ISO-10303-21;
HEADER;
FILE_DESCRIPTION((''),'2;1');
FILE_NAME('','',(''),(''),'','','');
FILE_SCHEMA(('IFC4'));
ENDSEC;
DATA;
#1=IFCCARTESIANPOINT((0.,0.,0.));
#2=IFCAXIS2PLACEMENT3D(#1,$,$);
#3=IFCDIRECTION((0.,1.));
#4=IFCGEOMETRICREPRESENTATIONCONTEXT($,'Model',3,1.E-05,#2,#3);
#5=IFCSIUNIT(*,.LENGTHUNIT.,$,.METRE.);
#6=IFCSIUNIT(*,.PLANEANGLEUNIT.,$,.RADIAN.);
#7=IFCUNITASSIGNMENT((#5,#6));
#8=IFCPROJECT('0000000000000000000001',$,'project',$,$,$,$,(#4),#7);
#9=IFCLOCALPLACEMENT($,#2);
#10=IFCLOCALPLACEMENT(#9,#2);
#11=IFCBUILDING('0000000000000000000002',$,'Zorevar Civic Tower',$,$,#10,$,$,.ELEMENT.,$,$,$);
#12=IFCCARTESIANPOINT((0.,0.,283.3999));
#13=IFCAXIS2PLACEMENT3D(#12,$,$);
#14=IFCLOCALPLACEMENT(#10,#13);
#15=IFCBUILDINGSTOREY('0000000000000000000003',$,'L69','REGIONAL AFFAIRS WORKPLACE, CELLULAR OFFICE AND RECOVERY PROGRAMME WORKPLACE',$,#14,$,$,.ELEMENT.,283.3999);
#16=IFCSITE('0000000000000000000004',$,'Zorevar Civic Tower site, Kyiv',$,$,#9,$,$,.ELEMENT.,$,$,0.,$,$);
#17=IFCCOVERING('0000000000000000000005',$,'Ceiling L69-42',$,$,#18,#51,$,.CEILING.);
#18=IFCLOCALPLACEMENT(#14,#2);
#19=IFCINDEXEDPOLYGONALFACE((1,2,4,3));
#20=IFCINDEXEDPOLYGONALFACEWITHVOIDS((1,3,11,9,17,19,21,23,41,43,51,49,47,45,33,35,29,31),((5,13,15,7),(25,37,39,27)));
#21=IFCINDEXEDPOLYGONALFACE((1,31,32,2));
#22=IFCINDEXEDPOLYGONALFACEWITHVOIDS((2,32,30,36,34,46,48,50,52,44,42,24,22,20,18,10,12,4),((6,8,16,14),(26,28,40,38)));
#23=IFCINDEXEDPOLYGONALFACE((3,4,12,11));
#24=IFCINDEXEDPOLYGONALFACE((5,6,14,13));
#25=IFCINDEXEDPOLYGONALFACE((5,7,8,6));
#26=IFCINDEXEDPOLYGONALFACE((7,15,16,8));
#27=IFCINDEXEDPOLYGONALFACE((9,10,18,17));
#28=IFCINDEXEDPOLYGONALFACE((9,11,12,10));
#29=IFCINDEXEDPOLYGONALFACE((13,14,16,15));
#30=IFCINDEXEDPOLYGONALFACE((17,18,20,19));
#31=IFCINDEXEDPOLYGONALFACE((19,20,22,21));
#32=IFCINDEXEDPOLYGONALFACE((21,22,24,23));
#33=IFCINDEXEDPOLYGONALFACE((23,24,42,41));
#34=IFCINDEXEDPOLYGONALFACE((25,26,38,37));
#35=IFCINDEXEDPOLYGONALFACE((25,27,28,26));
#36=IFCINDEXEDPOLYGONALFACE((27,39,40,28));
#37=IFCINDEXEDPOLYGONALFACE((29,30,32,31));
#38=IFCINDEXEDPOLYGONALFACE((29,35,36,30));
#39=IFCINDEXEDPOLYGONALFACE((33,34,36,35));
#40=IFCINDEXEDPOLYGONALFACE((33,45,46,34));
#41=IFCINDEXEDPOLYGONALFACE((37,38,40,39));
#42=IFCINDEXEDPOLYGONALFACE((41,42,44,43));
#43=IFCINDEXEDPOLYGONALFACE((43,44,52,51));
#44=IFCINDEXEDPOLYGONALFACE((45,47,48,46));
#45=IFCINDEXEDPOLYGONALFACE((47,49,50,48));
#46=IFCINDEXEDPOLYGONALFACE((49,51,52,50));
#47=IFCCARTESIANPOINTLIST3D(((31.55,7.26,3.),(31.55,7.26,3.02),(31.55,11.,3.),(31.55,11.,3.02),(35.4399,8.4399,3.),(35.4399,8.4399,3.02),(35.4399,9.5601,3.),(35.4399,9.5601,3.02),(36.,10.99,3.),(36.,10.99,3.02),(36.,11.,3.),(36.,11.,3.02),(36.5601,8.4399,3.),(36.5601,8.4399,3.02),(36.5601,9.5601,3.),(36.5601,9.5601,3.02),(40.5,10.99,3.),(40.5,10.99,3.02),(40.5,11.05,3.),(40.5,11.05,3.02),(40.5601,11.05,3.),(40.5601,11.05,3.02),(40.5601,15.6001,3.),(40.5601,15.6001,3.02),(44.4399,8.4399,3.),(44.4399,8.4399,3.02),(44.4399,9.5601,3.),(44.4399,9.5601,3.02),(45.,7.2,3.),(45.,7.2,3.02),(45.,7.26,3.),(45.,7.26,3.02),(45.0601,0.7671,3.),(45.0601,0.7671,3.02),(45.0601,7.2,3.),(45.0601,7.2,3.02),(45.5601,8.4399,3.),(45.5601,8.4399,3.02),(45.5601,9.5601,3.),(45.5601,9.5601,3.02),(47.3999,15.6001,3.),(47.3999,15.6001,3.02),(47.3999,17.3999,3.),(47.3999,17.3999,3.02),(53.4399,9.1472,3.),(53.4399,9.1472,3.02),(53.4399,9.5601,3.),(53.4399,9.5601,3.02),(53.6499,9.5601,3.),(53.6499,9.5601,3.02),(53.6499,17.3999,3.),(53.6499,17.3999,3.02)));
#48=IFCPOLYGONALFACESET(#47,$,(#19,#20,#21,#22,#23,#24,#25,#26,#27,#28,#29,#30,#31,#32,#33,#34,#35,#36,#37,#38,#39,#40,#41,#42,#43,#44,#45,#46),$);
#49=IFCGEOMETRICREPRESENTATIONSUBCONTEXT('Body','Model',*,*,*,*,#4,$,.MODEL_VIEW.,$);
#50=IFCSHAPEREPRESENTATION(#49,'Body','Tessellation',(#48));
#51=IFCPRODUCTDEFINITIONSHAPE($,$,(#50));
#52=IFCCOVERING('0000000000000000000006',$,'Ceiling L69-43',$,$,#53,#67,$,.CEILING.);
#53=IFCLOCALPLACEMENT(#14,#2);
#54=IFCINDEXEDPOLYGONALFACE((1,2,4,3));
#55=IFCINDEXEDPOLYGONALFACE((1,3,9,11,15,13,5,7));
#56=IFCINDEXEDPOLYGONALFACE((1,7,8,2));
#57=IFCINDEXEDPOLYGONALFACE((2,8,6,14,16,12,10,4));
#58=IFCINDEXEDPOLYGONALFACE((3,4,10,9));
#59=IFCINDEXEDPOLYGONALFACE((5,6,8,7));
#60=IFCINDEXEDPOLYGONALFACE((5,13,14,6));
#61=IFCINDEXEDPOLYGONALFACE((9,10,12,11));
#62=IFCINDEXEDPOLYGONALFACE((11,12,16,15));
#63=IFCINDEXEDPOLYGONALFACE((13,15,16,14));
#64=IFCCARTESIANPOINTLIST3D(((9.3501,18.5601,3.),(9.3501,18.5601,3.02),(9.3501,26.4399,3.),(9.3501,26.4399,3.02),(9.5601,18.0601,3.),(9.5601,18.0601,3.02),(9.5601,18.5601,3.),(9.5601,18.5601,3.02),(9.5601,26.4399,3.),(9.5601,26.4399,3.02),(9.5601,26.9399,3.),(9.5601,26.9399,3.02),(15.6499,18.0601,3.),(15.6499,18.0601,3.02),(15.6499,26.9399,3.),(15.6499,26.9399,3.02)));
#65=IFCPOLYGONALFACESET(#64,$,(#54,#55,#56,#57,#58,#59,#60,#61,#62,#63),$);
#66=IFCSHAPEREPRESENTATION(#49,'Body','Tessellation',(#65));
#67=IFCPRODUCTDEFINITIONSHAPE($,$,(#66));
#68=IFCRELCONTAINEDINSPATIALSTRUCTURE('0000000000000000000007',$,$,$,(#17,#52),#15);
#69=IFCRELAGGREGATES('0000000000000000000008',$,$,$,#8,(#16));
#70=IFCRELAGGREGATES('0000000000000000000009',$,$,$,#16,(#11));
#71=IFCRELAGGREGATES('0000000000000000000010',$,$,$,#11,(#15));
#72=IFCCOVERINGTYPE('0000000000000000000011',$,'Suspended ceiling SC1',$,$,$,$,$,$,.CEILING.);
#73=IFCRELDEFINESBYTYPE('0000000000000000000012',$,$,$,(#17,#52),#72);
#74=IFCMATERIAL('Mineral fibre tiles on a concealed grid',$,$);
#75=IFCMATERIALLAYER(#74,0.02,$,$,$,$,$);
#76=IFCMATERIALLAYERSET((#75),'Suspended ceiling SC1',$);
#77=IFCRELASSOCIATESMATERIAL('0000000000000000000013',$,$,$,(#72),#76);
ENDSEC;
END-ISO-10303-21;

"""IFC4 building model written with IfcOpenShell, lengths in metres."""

from ifc_helpers import new_model, si_unit, direction, frame, origin, place, context, subcontext, project, spatial, polyline, outline, extrude, material, layer, layer_set, type_object, element, save


model = new_model("IFC4")

# Units and contexts
model_context = context("Model", 3, precision=1e-05, world=origin(), true_north=direction((0.0, 1.0)))
body_context = subcontext(model_context, "Body", "Model", "MODEL_VIEW")
ifc_project = project(units=[si_unit("LENGTHUNIT", "METRE"), si_unit("PLANEANGLEUNIT", "RADIAN")], contexts=[model_context])

# Site, building, storey
site_placement = place(None, origin())
site = spatial("IfcSite", under=ifc_project, at=site_placement, Name="Zorevar Civic Tower site, Kyiv", CompositionType="ELEMENT", RefElevation=0.0)
building_placement = place(site_placement, origin())
building = spatial("IfcBuilding", under=site, at=building_placement, Name="Zorevar Civic Tower", CompositionType="ELEMENT")
storey_placement = place(building_placement, frame((0.0, 0.0, 283.3999)))
storey = spatial("IfcBuildingStorey", under=building, at=storey_placement, Name="L69", Description="REGIONAL AFFAIRS WORKPLACE, CELLULAR OFFICE AND RECOVERY PROGRAMME WORKPLACE", CompositionType="ELEMENT", Elevation=283.3999)

# Coverings
ifc_material = material(Name="Mineral fibre tiles on a concealed grid")
ifc_layer = layer(ifc_material, 0.02)
ifc_layer_set = layer_set([ifc_layer], Name="Suspended ceiling SC1")
covering_type = type_object("IfcCoveringType", Name="Suspended ceiling SC1", PredefinedType="CEILING", material=ifc_layer_set)
covering_1_placement = place(storey_placement, frame((0.0, 0.0, 3.0)))
element("IfcCovering", 1, at=covering_1_placement, inside=storey, type_object=covering_type, Name="Ceiling L69-42", PredefinedType="CEILING", context=body_context, shape_type="SweptSolid", body=[
    extrude(outline(polyline([(45.0601, 7.2), (45.0, 7.2), (45.0, 7.26), (31.55, 7.26), (31.55, 11.0), (36.0, 11.0), (36.0, 10.99), (40.5, 10.99), (40.5, 11.05), (40.5601, 11.05), (40.5601, 15.6001), (47.3999, 15.6001), (47.3999, 17.3999), (53.6499, 17.3999), (53.6499, 9.5601), (53.4399, 9.5601), (53.4399, 9.1472), (45.0601, 0.7671), (45.0601, 7.2)]), holes=[polyline([(36.5601, 9.5601), (35.4399, 9.5601), (35.4399, 8.4399), (36.5601, 8.4399), (36.5601, 9.5601)]), polyline([(44.4399, 8.4399), (45.5601, 8.4399), (45.5601, 9.5601), (44.4399, 9.5601), (44.4399, 8.4399)])]), origin(), (0.0, 0.0, 1.0), 0.02),
])
covering_2_placement = place(storey_placement, frame((0.0, 0.0, 3.0)))
element("IfcCovering", 2, at=covering_2_placement, inside=storey, type_object=covering_type, Name="Ceiling L69-43", PredefinedType="CEILING", context=body_context, shape_type="SweptSolid", body=[
    extrude(outline(polyline([(15.6499, 26.9399), (15.6499, 18.0601), (9.5601, 18.0601), (9.5601, 18.5601), (9.3501, 18.5601), (9.3501, 26.4399), (9.5601, 26.4399), (9.5601, 26.9399), (15.6499, 26.9399)])), origin(), (0.0, 0.0, 1.0), 0.02),
])

save(model, "model.ifc")
